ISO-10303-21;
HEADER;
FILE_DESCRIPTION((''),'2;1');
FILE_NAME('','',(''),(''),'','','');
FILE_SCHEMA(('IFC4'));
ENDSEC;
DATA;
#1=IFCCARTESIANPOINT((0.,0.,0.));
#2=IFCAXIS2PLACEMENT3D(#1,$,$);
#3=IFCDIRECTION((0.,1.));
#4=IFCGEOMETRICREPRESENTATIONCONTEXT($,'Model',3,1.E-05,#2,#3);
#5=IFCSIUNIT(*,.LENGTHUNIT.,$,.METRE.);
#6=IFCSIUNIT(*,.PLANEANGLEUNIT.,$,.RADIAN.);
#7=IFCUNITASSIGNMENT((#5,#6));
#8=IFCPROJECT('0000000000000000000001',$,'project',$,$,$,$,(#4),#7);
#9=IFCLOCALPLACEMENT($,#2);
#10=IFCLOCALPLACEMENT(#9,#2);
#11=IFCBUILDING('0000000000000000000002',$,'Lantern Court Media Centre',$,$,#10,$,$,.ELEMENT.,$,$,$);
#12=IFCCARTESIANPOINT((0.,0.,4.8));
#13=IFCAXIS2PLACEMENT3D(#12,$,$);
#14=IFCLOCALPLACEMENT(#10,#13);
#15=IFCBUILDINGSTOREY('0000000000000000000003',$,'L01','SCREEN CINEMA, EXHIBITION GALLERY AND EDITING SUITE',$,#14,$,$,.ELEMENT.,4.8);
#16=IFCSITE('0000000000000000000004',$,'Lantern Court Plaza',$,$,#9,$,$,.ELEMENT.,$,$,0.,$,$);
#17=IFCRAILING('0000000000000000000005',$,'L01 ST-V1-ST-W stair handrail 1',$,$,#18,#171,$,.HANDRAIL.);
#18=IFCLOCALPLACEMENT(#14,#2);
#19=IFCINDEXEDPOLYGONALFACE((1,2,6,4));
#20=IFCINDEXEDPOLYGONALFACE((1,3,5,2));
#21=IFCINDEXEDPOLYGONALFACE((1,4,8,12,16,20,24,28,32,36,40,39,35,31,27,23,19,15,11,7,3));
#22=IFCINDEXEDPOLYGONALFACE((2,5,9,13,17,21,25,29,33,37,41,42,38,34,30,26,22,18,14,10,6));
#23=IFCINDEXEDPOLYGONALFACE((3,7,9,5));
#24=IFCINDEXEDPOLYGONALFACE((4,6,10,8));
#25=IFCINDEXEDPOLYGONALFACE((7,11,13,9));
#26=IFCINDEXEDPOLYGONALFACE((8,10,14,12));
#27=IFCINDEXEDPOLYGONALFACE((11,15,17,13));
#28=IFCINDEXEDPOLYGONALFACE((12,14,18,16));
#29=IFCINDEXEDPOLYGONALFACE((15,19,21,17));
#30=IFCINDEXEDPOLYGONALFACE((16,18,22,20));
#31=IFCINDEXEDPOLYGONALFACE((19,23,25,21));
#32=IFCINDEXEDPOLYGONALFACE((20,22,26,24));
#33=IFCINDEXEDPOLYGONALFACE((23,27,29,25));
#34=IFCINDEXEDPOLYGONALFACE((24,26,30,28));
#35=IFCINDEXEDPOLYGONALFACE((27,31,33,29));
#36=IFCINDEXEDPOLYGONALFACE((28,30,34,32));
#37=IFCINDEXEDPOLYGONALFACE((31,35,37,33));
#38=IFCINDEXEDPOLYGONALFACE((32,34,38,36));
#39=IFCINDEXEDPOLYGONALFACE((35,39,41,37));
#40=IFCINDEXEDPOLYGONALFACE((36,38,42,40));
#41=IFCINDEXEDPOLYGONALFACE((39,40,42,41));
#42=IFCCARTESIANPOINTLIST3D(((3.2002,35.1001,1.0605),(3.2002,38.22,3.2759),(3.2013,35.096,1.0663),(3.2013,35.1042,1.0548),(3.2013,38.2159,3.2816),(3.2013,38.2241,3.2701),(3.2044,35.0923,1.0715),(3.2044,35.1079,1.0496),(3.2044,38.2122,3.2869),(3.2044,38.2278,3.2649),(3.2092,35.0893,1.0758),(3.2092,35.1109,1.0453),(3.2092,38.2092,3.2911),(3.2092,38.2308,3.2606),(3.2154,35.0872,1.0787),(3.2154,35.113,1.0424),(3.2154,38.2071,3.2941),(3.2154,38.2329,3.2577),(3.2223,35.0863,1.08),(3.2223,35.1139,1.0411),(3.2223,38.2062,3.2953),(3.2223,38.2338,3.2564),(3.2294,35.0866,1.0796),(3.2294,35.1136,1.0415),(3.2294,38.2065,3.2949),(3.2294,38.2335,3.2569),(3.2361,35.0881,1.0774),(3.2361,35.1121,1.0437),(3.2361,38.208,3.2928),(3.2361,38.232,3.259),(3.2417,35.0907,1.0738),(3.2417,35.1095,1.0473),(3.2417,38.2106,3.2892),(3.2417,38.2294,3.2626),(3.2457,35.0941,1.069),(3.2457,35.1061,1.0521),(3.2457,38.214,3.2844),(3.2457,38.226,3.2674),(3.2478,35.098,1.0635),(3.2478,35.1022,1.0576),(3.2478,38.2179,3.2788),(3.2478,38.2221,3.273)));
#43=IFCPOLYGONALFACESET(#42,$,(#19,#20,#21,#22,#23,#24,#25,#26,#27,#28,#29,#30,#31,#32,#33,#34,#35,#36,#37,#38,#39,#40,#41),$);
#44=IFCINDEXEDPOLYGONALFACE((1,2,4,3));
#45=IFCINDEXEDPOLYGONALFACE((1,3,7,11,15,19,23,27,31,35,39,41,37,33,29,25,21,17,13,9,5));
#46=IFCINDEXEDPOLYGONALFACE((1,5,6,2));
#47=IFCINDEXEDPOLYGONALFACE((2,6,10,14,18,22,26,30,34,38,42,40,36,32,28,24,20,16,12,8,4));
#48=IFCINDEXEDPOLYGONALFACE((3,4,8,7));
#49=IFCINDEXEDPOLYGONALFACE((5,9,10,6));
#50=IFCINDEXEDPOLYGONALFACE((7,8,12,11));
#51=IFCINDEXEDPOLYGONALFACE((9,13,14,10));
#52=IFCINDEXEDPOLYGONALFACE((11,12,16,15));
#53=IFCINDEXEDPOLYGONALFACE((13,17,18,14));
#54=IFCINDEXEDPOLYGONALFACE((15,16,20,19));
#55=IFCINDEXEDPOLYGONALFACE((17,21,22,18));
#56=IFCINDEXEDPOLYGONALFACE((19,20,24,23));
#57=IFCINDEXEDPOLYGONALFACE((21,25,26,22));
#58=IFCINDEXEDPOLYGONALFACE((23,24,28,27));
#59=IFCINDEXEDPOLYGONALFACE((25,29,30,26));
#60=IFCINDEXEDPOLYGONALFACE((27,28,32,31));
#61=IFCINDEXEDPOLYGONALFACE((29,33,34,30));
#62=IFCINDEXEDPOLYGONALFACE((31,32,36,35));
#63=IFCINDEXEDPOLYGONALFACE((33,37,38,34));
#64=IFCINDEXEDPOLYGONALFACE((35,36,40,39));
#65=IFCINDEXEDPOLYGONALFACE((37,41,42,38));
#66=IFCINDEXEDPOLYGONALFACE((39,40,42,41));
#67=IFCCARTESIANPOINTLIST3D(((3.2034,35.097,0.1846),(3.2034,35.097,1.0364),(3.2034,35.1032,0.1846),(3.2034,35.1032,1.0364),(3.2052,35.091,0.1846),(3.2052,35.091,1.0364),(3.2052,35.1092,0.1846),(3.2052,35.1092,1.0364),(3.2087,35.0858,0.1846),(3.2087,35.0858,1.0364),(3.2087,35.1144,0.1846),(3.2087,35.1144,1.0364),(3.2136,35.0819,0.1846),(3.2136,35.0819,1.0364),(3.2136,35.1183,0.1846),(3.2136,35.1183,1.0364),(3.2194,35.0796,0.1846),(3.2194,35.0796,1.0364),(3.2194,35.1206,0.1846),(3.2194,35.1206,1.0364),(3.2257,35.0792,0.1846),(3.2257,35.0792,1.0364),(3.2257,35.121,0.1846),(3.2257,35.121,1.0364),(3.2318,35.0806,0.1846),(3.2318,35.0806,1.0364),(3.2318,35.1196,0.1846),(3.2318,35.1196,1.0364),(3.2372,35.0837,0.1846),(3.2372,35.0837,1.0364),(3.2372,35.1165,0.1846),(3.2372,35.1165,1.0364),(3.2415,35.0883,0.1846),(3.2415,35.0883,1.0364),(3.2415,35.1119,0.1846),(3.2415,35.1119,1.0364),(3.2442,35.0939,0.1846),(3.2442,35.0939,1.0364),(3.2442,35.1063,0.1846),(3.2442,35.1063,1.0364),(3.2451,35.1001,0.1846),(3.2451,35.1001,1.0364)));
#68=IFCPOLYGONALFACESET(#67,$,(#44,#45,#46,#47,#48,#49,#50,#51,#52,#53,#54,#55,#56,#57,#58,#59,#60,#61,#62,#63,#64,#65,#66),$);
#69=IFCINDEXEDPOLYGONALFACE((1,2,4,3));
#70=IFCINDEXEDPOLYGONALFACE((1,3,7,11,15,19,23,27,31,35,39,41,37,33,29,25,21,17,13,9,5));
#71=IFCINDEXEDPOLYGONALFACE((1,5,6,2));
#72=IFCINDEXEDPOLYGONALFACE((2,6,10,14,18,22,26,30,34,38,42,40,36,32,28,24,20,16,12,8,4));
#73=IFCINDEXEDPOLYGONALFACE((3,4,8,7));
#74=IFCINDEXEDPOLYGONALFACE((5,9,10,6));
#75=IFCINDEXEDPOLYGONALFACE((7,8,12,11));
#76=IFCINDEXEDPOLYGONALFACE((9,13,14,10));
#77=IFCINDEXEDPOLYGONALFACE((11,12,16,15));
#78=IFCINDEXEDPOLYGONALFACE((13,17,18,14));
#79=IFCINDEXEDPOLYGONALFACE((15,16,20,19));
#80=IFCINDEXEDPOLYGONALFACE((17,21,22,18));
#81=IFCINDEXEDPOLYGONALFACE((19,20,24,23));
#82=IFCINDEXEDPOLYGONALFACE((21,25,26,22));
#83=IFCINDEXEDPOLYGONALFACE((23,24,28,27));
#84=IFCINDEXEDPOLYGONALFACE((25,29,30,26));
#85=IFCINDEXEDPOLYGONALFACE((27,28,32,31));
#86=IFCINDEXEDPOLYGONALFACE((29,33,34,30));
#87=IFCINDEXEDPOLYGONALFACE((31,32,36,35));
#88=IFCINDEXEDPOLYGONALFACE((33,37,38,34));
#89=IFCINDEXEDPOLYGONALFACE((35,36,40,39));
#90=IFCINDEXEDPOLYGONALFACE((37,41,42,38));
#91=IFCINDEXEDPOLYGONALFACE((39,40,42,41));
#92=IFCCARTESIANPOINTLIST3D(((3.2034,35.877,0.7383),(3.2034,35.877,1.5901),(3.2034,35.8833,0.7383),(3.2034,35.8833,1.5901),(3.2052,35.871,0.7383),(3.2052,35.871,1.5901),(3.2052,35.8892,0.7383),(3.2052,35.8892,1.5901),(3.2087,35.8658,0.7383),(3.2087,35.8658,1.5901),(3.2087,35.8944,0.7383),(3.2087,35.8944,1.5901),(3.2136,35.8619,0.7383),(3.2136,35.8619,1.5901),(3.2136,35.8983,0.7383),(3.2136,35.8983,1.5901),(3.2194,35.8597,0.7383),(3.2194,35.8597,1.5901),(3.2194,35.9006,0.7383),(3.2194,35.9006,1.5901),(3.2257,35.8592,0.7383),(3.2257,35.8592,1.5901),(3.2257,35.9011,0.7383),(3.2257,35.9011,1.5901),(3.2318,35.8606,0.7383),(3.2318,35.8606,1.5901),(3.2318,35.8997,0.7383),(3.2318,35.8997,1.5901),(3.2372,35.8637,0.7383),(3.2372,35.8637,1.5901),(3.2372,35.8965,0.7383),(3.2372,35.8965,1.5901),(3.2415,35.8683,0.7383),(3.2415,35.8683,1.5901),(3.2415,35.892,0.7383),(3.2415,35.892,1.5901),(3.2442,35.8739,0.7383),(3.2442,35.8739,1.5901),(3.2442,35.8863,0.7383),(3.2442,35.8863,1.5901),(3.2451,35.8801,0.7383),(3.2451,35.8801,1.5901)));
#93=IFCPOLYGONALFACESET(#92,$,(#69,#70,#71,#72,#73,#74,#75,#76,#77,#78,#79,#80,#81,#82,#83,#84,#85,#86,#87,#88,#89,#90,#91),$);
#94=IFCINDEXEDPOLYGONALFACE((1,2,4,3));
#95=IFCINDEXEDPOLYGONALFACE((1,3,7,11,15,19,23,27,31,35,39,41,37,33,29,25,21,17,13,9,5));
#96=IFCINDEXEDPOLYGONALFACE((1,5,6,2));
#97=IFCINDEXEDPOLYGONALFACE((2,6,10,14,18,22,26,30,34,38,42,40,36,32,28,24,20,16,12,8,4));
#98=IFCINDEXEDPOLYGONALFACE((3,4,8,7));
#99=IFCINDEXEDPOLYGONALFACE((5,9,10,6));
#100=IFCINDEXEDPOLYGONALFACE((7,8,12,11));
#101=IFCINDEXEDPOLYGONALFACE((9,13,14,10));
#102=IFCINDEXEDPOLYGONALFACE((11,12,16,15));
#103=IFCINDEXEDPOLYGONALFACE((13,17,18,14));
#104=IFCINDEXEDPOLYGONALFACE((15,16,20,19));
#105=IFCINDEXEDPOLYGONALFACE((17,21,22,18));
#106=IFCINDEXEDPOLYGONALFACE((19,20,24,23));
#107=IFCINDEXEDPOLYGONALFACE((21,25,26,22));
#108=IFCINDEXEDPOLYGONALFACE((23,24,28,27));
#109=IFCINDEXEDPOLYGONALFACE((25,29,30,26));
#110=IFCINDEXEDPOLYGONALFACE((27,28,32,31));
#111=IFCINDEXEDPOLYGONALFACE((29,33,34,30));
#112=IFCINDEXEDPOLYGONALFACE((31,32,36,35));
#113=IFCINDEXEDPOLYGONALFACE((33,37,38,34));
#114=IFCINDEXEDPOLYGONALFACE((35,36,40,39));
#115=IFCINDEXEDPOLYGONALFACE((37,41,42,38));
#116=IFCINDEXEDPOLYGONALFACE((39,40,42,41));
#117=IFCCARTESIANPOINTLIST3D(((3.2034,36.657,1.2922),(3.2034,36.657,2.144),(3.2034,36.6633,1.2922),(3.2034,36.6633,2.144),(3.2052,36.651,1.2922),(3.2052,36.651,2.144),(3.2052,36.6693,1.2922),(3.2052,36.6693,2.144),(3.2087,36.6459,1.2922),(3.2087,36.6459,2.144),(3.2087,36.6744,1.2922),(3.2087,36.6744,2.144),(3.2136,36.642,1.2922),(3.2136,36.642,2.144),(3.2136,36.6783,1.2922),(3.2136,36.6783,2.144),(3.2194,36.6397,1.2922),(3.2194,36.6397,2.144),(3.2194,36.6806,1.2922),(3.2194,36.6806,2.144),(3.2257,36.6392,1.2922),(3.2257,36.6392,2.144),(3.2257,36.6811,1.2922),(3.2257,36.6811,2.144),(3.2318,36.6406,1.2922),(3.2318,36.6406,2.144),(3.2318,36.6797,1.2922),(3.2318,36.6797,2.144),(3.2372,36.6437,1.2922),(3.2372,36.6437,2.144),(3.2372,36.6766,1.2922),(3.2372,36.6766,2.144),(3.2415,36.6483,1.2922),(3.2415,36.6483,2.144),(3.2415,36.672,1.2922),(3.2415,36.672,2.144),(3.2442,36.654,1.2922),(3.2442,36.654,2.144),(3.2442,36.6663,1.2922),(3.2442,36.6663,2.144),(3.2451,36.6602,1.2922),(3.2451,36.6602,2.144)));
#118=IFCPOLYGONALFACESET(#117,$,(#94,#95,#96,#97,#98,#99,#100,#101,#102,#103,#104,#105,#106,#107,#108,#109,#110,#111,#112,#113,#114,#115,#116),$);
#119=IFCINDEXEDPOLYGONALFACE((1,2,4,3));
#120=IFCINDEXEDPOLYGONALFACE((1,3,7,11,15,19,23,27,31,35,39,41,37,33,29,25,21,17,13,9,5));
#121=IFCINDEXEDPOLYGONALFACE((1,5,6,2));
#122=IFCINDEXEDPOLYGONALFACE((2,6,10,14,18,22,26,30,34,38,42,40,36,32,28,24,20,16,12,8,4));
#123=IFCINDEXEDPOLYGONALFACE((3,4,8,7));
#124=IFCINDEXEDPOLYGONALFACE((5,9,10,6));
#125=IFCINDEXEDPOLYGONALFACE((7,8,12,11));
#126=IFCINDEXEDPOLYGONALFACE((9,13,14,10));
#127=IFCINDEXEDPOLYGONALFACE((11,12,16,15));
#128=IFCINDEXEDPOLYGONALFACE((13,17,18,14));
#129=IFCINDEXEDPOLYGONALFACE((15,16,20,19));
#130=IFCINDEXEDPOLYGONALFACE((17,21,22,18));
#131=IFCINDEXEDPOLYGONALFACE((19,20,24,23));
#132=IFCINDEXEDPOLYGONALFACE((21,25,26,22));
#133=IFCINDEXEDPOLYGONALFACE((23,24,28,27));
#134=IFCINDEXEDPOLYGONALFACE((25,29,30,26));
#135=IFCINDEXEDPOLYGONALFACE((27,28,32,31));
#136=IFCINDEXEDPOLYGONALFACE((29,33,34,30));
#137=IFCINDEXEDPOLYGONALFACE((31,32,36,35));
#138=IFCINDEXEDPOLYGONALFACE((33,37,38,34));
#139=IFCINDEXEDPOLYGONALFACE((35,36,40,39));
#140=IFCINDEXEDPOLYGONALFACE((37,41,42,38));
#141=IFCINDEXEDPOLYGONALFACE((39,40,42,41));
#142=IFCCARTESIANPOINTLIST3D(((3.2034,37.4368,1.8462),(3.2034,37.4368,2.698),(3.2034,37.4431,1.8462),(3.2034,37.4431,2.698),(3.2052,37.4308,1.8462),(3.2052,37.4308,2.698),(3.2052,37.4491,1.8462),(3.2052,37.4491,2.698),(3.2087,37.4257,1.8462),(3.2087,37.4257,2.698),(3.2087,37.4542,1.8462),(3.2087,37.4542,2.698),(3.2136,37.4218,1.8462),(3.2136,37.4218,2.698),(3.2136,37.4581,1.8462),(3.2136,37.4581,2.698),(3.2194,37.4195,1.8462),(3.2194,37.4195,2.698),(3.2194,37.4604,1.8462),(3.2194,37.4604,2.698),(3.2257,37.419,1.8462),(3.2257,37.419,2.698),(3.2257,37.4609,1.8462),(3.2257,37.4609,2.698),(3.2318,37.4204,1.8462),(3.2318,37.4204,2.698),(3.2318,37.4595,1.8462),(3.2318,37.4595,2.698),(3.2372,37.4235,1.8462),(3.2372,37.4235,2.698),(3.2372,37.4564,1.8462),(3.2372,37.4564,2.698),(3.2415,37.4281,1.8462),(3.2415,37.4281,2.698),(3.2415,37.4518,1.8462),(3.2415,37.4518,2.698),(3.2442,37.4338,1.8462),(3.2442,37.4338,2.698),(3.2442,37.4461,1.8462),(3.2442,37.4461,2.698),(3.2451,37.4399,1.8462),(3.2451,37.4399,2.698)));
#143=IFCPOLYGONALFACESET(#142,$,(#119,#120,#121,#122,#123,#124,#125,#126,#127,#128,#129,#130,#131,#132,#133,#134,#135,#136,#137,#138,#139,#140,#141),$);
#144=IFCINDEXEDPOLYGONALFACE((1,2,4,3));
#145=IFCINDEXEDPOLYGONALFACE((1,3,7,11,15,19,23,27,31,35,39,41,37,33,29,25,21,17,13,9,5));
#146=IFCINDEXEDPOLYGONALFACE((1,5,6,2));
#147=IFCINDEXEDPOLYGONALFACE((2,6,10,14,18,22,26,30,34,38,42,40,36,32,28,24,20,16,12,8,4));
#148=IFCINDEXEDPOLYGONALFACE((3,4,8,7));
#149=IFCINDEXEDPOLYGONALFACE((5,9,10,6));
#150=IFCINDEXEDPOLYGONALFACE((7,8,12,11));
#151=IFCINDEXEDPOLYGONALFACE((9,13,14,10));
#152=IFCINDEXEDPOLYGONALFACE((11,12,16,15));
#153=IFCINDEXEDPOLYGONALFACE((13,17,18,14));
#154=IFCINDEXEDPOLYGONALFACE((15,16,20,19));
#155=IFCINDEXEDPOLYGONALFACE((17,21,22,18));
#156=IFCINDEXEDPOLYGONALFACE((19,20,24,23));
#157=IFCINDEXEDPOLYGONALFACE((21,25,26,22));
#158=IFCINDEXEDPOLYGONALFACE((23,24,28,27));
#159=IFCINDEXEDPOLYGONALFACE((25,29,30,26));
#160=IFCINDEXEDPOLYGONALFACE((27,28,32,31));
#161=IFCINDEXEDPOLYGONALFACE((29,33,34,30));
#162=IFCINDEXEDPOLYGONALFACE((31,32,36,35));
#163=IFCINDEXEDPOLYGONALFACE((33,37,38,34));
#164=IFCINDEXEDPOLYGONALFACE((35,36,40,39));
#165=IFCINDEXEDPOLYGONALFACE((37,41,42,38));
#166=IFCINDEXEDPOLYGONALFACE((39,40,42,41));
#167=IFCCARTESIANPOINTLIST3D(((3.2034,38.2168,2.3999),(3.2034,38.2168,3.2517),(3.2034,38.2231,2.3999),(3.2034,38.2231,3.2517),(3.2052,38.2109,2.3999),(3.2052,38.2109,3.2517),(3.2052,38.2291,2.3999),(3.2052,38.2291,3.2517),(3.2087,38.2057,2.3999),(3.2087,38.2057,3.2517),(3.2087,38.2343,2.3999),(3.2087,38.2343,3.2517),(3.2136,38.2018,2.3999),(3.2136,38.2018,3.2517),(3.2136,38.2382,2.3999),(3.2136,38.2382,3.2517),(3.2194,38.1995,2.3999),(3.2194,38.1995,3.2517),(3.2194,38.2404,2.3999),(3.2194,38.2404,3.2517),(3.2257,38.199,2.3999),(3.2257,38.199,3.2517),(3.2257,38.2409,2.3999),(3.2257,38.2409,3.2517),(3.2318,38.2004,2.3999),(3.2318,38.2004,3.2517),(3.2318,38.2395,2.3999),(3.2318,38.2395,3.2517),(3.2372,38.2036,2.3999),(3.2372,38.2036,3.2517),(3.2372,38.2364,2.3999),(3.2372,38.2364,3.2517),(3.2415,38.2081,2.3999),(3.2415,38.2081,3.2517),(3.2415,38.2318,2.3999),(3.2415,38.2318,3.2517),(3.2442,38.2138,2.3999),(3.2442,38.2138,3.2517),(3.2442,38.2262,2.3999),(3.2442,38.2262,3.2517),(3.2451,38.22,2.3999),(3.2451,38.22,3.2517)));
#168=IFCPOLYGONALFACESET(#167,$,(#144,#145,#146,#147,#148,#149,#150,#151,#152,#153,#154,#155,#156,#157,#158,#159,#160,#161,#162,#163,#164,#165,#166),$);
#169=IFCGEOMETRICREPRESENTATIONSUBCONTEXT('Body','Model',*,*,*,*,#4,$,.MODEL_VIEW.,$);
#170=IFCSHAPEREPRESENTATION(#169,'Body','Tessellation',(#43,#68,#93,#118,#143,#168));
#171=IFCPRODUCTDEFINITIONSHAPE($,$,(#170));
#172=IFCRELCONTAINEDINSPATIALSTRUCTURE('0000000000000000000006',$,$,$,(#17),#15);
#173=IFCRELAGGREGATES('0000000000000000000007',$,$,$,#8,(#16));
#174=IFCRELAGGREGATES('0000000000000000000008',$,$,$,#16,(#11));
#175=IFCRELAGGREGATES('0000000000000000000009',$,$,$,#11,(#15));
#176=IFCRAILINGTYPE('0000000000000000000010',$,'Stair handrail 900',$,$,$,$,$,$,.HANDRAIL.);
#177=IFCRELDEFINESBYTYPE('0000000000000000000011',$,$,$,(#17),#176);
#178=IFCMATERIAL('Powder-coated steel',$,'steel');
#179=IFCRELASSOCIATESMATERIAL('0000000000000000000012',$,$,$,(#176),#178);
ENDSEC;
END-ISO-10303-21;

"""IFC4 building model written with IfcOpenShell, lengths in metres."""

from ifc_helpers import new_model, si_unit, direction, frame, origin, origin_2d, place, context, subcontext, project, spatial, circle, extrude, material, type_object, element, save


model = new_model("IFC4")

# Units and contexts
model_context = context("Model", 3, precision=1e-05, world=origin(), true_north=direction((0.0, 1.0)))
body_context = subcontext(model_context, "Body", "Model", "MODEL_VIEW")
ifc_project = project(units=[si_unit("LENGTHUNIT", "METRE"), si_unit("PLANEANGLEUNIT", "RADIAN")], contexts=[model_context])

# Site, building, storey
site_placement = place(None, origin())
site = spatial("IfcSite", under=ifc_project, at=site_placement, Name="Lantern Court Plaza", CompositionType="ELEMENT", RefElevation=0.0)
building_placement = place(site_placement, origin())
building = spatial("IfcBuilding", under=site, at=building_placement, Name="Lantern Court Media Centre", CompositionType="ELEMENT")
storey_placement = place(building_placement, frame((0.0, 0.0, 4.8)))
storey = spatial("IfcBuildingStorey", under=building, at=storey_placement, Name="L01", Description="SCREEN CINEMA, EXHIBITION GALLERY AND EDITING SUITE", CompositionType="ELEMENT", Elevation=4.8)

# Railing
ifc_material_1 = material(Name="Powder-coated steel", Category="steel")
railing_type_1 = type_object("IfcRailingType", Name="Stair handrail 900", PredefinedType="HANDRAIL", material=ifc_material_1)
for number, where, name in (
    (1, (3.2241, 35.1001, 0.1846), "L01 ST-V1-ST-W stair handrail 1"),
):
    element("IfcRailing", number, at=place(storey_placement, frame(where)), inside=storey, type_object=railing_type_1, Name=name, PredefinedType="HANDRAIL", context=body_context, shape_type="SweptSolid", body=[
        extrude(circle(Radius=0.0239, at=origin_2d()), frame((0.0, 0.0, 0.876), z_axis=(0.0, 0.815356, 0.578961), x_axis=(-1.0, 0.0, 0.0)), (0.0, 0.0, 1.0), 3.8264),
        extrude(circle(Radius=0.021, at=origin_2d()), origin(), (0.0, 0.0, 1.0), 0.8518),
        extrude(circle(Radius=0.021, at=origin_2d()), frame((0.0, 0.78, 0.5537)), (0.0, 0.0, 1.0), 0.8518),
        extrude(circle(Radius=0.021, at=origin_2d()), frame((0.0, 1.5601, 1.1077)), (0.0, 0.0, 1.0), 0.8518),
        extrude(circle(Radius=0.021, at=origin_2d()), frame((0.0, 2.3398, 1.6616)), (0.0, 0.0, 1.0), 0.8518),
        extrude(circle(Radius=0.021, at=origin_2d()), frame((0.0, 3.1199, 2.2153)), (0.0, 0.0, 1.0), 0.8518),
    ])

save(model, "model.ifc")
